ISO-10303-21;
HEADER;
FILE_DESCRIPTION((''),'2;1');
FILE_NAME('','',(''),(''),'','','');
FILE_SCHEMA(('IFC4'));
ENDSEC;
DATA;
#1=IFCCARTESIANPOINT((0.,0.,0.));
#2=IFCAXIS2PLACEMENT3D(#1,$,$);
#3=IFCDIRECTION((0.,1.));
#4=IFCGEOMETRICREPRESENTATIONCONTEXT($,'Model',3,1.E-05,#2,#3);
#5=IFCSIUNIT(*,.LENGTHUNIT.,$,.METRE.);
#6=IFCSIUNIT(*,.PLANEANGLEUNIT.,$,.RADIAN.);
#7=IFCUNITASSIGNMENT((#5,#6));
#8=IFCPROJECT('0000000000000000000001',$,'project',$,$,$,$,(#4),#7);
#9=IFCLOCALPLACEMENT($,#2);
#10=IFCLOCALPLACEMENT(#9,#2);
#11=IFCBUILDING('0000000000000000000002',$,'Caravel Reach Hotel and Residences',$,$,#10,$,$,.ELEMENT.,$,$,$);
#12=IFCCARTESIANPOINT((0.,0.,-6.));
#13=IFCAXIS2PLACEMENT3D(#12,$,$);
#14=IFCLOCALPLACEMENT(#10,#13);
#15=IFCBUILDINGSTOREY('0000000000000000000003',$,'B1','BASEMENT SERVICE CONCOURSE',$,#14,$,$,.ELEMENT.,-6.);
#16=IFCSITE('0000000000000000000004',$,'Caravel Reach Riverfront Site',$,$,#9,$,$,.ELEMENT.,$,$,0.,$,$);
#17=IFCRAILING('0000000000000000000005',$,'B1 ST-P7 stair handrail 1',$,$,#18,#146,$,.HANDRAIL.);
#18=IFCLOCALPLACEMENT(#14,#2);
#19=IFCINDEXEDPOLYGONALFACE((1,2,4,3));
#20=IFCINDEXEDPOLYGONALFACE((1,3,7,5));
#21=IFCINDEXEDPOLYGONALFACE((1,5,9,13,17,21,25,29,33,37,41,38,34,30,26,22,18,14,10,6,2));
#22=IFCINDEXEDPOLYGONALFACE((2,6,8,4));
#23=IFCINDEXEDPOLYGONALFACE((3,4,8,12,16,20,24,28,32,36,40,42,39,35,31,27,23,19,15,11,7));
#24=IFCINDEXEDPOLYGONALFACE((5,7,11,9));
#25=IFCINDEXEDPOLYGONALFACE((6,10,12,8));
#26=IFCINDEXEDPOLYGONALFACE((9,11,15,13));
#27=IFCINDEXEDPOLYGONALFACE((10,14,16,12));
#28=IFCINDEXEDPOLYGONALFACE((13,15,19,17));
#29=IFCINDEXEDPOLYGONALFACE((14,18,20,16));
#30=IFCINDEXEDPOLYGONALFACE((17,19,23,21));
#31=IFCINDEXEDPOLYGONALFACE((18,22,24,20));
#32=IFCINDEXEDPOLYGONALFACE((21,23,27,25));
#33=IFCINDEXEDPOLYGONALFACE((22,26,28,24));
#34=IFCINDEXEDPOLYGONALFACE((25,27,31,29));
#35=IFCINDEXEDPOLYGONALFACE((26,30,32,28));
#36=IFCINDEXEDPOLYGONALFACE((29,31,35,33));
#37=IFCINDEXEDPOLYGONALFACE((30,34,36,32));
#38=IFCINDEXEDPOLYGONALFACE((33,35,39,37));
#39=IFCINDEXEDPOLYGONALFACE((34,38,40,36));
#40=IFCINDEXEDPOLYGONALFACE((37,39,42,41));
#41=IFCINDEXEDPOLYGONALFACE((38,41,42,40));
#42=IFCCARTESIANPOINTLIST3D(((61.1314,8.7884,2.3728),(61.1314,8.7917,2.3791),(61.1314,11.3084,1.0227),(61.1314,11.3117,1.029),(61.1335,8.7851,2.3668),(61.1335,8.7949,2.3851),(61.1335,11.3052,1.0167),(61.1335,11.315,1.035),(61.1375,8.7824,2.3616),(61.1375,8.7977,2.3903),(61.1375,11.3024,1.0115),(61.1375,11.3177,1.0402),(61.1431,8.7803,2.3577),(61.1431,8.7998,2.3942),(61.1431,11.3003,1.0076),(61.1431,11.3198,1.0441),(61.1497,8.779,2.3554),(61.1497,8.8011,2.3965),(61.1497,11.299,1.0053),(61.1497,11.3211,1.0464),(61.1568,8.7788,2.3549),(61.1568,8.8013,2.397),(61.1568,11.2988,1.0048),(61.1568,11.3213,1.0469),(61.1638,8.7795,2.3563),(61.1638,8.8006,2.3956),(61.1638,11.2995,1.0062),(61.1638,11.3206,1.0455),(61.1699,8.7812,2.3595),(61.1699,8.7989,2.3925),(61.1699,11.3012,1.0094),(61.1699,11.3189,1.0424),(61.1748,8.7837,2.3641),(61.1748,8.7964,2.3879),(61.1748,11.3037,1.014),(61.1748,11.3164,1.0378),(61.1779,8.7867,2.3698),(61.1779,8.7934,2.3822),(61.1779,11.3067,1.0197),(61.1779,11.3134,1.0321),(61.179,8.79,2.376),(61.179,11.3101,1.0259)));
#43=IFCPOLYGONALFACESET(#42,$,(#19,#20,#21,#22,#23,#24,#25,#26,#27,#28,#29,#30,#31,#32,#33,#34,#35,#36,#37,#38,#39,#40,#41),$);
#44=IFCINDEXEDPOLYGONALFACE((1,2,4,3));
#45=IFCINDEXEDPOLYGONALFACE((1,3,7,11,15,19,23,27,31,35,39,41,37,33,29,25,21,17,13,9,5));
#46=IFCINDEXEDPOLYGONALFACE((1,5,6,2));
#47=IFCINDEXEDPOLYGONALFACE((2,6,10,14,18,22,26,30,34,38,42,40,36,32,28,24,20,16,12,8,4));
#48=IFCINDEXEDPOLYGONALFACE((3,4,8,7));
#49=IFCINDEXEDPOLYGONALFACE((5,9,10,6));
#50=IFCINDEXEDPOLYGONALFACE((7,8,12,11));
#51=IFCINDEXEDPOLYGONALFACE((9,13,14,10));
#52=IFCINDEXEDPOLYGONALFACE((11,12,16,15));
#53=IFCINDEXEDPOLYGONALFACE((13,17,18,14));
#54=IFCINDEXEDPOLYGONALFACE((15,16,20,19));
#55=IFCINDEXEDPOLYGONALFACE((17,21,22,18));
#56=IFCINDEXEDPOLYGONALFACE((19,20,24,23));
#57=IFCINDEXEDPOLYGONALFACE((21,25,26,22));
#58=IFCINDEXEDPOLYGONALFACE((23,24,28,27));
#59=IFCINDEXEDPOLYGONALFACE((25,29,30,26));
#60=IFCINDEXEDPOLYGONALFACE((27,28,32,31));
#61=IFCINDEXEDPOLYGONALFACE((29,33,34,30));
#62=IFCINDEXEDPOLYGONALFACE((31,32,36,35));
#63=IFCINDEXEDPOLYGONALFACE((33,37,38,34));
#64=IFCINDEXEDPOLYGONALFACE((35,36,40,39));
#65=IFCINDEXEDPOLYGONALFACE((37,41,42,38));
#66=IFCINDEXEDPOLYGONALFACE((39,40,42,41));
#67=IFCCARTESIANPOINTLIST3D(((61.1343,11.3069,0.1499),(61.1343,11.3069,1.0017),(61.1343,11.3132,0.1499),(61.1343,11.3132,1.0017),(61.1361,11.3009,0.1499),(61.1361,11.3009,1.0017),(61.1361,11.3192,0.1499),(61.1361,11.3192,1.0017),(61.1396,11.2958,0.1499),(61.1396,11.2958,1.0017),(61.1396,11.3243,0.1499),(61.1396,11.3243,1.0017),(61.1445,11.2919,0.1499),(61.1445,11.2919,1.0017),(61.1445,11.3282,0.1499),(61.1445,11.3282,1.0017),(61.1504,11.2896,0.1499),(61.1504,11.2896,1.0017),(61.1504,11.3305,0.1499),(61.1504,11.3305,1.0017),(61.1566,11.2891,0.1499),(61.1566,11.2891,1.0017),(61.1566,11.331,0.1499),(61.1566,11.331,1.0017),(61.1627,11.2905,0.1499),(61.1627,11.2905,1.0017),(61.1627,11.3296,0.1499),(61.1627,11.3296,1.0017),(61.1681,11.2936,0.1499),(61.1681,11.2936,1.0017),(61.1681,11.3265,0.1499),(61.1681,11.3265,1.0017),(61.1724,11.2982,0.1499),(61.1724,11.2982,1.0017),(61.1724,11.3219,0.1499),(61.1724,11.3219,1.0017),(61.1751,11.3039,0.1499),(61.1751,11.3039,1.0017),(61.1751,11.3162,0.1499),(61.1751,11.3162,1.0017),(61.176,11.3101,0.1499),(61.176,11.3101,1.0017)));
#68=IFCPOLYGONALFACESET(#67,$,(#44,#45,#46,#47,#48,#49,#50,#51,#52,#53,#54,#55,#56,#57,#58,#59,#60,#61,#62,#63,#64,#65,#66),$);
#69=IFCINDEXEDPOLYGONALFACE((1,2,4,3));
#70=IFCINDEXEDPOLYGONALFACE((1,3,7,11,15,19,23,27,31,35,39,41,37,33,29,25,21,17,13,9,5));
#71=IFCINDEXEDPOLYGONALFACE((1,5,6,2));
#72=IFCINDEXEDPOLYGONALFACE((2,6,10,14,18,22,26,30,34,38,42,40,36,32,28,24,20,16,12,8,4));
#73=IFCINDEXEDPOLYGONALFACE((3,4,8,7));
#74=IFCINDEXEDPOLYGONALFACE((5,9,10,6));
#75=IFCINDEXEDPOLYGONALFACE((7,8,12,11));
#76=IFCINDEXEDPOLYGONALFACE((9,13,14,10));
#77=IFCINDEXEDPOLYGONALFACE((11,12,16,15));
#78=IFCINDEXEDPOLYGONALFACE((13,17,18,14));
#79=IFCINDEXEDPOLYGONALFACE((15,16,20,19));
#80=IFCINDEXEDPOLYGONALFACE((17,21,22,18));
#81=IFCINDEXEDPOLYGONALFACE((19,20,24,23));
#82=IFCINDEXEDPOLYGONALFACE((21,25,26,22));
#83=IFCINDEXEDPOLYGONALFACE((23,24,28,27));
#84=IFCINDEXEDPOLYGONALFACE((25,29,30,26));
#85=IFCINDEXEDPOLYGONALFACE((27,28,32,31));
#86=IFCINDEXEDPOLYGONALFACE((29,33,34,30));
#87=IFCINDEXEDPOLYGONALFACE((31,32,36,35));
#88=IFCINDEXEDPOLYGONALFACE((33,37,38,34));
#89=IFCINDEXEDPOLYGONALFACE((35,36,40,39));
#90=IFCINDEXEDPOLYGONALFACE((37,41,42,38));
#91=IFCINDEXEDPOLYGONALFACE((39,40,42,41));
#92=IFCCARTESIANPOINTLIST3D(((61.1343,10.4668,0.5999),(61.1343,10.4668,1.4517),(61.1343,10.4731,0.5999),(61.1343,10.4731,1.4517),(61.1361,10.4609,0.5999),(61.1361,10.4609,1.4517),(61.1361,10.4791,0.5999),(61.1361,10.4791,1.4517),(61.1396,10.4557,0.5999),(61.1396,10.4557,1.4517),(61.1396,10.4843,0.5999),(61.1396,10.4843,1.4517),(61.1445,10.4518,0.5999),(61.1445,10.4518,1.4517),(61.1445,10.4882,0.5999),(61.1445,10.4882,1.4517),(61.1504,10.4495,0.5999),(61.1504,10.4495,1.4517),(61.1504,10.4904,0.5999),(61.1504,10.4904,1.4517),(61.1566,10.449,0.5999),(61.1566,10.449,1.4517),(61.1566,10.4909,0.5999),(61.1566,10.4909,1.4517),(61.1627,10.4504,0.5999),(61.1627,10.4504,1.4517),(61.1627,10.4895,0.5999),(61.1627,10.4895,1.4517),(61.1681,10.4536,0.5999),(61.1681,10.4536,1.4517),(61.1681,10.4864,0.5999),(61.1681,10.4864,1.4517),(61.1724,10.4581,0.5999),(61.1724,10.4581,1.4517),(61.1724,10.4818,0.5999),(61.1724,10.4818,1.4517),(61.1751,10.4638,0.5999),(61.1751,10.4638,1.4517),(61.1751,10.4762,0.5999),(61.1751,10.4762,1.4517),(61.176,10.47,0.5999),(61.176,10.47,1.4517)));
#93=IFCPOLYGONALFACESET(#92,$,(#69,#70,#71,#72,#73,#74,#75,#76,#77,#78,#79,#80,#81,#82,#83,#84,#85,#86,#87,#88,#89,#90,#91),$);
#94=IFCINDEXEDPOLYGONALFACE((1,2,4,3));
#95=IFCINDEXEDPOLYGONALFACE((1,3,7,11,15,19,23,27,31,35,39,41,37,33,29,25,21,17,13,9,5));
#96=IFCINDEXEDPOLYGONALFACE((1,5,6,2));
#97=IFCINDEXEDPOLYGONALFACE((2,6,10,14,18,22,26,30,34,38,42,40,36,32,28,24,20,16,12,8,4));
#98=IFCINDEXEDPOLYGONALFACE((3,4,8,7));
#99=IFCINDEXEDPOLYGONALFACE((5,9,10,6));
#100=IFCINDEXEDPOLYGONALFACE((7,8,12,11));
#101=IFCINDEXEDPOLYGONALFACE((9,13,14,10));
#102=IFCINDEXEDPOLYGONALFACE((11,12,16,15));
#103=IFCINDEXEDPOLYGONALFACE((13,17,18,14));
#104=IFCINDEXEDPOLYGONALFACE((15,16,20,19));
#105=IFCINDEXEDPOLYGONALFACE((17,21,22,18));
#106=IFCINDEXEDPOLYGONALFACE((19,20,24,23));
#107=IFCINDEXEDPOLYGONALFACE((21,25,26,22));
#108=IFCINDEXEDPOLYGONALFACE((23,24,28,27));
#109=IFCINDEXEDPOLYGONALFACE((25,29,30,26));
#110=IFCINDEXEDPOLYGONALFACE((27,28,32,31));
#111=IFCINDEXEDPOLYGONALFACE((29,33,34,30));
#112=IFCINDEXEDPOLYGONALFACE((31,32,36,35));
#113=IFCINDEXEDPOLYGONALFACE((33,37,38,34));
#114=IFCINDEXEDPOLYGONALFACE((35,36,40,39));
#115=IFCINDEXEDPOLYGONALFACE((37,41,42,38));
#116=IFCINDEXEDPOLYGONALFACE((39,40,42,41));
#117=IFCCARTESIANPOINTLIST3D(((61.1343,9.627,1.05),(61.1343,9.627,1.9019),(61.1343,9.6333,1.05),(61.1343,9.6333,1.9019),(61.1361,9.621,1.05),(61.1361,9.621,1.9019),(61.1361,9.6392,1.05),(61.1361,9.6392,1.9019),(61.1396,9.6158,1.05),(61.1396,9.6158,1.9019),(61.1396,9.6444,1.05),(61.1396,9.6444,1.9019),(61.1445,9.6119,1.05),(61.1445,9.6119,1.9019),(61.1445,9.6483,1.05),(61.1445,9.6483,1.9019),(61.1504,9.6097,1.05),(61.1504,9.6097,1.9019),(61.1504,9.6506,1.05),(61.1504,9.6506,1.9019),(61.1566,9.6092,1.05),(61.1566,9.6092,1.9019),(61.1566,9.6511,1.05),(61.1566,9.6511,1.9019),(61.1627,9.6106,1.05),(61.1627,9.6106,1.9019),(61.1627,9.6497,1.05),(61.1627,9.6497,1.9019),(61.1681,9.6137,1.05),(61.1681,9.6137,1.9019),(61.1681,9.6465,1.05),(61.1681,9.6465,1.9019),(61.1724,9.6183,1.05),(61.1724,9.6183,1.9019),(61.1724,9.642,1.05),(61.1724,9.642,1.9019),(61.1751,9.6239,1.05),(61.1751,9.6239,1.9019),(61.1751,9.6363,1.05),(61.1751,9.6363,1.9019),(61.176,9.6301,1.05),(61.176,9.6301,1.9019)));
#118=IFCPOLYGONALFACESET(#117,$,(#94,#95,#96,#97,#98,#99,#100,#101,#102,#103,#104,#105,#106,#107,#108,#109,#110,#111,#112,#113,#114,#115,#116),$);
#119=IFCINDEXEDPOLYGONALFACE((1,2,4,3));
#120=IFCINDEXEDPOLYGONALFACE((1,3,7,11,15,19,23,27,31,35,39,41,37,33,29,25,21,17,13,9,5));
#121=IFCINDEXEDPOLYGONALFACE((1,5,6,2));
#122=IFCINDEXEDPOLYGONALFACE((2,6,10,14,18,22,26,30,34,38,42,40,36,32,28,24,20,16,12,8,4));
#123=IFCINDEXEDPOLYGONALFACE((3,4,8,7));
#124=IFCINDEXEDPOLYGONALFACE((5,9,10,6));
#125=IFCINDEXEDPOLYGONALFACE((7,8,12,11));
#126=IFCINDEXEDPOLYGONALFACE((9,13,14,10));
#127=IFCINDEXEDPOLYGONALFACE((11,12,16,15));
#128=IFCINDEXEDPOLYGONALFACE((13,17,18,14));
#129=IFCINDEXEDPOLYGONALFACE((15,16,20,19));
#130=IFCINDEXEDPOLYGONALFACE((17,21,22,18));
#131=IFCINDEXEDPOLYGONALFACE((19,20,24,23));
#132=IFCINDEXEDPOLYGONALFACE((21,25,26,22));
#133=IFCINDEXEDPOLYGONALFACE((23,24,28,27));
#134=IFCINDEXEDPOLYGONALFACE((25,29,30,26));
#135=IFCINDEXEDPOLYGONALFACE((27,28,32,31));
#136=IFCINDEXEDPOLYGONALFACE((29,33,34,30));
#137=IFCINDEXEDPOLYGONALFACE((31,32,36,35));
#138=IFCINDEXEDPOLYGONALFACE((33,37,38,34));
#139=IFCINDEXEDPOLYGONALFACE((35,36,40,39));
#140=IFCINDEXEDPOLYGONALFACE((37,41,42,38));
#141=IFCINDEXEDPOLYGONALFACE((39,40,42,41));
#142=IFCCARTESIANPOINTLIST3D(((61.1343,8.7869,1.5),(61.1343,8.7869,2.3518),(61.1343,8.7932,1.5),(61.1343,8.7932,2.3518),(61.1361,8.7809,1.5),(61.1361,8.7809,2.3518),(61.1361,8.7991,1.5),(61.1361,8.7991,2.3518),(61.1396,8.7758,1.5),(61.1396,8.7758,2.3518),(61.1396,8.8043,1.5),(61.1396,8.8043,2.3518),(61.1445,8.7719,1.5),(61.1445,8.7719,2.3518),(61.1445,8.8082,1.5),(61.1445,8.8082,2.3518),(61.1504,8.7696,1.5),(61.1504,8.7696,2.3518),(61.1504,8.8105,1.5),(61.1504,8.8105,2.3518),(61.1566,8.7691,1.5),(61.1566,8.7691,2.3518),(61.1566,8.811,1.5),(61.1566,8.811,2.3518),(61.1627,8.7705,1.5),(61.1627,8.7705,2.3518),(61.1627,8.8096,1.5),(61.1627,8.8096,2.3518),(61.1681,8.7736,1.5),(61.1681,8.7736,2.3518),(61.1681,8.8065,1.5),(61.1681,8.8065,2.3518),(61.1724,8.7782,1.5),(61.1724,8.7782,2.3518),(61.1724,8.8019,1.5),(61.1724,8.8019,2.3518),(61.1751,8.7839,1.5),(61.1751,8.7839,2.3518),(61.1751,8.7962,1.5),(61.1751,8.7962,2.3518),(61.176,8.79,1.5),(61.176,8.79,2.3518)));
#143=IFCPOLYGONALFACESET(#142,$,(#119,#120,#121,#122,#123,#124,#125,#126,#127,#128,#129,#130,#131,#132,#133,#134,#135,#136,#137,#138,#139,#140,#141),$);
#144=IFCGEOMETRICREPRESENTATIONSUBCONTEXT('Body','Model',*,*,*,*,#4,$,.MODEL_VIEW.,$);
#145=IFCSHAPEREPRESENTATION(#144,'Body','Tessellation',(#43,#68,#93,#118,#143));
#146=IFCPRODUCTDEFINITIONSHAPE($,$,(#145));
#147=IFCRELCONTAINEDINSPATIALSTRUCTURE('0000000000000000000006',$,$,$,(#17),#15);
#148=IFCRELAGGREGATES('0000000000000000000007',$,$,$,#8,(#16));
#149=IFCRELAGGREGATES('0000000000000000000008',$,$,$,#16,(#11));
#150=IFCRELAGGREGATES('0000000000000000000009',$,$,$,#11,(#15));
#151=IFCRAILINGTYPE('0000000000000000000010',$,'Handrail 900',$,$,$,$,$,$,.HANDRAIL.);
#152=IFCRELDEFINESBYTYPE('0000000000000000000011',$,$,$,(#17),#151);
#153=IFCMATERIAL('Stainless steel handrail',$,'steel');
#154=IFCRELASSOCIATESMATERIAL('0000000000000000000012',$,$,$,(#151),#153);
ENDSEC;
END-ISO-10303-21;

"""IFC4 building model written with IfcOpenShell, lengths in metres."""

from ifc_helpers import new_model, si_unit, direction, frame, origin, origin_2d, place, context, subcontext, project, spatial, circle, extrude, material, type_object, element, save


model = new_model("IFC4")

# Units and contexts
model_context = context("Model", 3, precision=1e-05, world=origin(), true_north=direction((0.0, 1.0)))
body_context = subcontext(model_context, "Body", "Model", "MODEL_VIEW")
ifc_project = project(units=[si_unit("LENGTHUNIT", "METRE"), si_unit("PLANEANGLEUNIT", "RADIAN")], contexts=[model_context])

# Site, building, storey
site_placement = place(None, origin())
site = spatial("IfcSite", under=ifc_project, at=site_placement, Name="Caravel Reach Riverfront Site", CompositionType="ELEMENT", RefElevation=0.0)
building_placement = place(site_placement, origin())
building = spatial("IfcBuilding", under=site, at=building_placement, Name="Caravel Reach Hotel and Residences", CompositionType="ELEMENT")
storey_placement = place(building_placement, frame((0.0, 0.0, -6.0)))
storey = spatial("IfcBuildingStorey", under=building, at=storey_placement, Name="B1", Description="BASEMENT SERVICE CONCOURSE", CompositionType="ELEMENT", Elevation=-6.0)

# Railing
ifc_material_1 = material(Name="Stainless steel handrail", Category="steel")
railing_type_1 = type_object("IfcRailingType", Name="Handrail 900", PredefinedType="HANDRAIL", material=ifc_material_1)
railing_1_placement = place(storey_placement, frame((61.155, 11.3101, 0.1499)))
element("IfcRailing", 1, at=railing_1_placement, inside=storey, type_object=railing_type_1, Name="B1 ST-P7 stair handrail 1", PredefinedType="HANDRAIL", context=body_context, shape_type="SweptSolid", body=[
    extrude(circle(Radius=0.0239, at=origin_2d()), frame((0.0, 0.0, 0.876), z_axis=(0.0, -0.881467, 0.472245), x_axis=(1.0, 0.0, 0.0)), (0.0, 0.0, 1.0), 2.8589),
    extrude(circle(Radius=0.021, at=origin_2d()), origin(), (0.0, 0.0, 1.0), 0.8518),
    extrude(circle(Radius=0.021, at=origin_2d()), frame((0.0, -0.8401, 0.45)), (0.0, 0.0, 1.0), 0.8518),
    extrude(circle(Radius=0.021, at=origin_2d()), frame((0.0, -1.6799, 0.9001)), (0.0, 0.0, 1.0), 0.8518),
    extrude(circle(Radius=0.021, at=origin_2d()), frame((0.0, -2.52, 1.3501)), (0.0, 0.0, 1.0), 0.8518),
])

save(model, "model.ifc")
